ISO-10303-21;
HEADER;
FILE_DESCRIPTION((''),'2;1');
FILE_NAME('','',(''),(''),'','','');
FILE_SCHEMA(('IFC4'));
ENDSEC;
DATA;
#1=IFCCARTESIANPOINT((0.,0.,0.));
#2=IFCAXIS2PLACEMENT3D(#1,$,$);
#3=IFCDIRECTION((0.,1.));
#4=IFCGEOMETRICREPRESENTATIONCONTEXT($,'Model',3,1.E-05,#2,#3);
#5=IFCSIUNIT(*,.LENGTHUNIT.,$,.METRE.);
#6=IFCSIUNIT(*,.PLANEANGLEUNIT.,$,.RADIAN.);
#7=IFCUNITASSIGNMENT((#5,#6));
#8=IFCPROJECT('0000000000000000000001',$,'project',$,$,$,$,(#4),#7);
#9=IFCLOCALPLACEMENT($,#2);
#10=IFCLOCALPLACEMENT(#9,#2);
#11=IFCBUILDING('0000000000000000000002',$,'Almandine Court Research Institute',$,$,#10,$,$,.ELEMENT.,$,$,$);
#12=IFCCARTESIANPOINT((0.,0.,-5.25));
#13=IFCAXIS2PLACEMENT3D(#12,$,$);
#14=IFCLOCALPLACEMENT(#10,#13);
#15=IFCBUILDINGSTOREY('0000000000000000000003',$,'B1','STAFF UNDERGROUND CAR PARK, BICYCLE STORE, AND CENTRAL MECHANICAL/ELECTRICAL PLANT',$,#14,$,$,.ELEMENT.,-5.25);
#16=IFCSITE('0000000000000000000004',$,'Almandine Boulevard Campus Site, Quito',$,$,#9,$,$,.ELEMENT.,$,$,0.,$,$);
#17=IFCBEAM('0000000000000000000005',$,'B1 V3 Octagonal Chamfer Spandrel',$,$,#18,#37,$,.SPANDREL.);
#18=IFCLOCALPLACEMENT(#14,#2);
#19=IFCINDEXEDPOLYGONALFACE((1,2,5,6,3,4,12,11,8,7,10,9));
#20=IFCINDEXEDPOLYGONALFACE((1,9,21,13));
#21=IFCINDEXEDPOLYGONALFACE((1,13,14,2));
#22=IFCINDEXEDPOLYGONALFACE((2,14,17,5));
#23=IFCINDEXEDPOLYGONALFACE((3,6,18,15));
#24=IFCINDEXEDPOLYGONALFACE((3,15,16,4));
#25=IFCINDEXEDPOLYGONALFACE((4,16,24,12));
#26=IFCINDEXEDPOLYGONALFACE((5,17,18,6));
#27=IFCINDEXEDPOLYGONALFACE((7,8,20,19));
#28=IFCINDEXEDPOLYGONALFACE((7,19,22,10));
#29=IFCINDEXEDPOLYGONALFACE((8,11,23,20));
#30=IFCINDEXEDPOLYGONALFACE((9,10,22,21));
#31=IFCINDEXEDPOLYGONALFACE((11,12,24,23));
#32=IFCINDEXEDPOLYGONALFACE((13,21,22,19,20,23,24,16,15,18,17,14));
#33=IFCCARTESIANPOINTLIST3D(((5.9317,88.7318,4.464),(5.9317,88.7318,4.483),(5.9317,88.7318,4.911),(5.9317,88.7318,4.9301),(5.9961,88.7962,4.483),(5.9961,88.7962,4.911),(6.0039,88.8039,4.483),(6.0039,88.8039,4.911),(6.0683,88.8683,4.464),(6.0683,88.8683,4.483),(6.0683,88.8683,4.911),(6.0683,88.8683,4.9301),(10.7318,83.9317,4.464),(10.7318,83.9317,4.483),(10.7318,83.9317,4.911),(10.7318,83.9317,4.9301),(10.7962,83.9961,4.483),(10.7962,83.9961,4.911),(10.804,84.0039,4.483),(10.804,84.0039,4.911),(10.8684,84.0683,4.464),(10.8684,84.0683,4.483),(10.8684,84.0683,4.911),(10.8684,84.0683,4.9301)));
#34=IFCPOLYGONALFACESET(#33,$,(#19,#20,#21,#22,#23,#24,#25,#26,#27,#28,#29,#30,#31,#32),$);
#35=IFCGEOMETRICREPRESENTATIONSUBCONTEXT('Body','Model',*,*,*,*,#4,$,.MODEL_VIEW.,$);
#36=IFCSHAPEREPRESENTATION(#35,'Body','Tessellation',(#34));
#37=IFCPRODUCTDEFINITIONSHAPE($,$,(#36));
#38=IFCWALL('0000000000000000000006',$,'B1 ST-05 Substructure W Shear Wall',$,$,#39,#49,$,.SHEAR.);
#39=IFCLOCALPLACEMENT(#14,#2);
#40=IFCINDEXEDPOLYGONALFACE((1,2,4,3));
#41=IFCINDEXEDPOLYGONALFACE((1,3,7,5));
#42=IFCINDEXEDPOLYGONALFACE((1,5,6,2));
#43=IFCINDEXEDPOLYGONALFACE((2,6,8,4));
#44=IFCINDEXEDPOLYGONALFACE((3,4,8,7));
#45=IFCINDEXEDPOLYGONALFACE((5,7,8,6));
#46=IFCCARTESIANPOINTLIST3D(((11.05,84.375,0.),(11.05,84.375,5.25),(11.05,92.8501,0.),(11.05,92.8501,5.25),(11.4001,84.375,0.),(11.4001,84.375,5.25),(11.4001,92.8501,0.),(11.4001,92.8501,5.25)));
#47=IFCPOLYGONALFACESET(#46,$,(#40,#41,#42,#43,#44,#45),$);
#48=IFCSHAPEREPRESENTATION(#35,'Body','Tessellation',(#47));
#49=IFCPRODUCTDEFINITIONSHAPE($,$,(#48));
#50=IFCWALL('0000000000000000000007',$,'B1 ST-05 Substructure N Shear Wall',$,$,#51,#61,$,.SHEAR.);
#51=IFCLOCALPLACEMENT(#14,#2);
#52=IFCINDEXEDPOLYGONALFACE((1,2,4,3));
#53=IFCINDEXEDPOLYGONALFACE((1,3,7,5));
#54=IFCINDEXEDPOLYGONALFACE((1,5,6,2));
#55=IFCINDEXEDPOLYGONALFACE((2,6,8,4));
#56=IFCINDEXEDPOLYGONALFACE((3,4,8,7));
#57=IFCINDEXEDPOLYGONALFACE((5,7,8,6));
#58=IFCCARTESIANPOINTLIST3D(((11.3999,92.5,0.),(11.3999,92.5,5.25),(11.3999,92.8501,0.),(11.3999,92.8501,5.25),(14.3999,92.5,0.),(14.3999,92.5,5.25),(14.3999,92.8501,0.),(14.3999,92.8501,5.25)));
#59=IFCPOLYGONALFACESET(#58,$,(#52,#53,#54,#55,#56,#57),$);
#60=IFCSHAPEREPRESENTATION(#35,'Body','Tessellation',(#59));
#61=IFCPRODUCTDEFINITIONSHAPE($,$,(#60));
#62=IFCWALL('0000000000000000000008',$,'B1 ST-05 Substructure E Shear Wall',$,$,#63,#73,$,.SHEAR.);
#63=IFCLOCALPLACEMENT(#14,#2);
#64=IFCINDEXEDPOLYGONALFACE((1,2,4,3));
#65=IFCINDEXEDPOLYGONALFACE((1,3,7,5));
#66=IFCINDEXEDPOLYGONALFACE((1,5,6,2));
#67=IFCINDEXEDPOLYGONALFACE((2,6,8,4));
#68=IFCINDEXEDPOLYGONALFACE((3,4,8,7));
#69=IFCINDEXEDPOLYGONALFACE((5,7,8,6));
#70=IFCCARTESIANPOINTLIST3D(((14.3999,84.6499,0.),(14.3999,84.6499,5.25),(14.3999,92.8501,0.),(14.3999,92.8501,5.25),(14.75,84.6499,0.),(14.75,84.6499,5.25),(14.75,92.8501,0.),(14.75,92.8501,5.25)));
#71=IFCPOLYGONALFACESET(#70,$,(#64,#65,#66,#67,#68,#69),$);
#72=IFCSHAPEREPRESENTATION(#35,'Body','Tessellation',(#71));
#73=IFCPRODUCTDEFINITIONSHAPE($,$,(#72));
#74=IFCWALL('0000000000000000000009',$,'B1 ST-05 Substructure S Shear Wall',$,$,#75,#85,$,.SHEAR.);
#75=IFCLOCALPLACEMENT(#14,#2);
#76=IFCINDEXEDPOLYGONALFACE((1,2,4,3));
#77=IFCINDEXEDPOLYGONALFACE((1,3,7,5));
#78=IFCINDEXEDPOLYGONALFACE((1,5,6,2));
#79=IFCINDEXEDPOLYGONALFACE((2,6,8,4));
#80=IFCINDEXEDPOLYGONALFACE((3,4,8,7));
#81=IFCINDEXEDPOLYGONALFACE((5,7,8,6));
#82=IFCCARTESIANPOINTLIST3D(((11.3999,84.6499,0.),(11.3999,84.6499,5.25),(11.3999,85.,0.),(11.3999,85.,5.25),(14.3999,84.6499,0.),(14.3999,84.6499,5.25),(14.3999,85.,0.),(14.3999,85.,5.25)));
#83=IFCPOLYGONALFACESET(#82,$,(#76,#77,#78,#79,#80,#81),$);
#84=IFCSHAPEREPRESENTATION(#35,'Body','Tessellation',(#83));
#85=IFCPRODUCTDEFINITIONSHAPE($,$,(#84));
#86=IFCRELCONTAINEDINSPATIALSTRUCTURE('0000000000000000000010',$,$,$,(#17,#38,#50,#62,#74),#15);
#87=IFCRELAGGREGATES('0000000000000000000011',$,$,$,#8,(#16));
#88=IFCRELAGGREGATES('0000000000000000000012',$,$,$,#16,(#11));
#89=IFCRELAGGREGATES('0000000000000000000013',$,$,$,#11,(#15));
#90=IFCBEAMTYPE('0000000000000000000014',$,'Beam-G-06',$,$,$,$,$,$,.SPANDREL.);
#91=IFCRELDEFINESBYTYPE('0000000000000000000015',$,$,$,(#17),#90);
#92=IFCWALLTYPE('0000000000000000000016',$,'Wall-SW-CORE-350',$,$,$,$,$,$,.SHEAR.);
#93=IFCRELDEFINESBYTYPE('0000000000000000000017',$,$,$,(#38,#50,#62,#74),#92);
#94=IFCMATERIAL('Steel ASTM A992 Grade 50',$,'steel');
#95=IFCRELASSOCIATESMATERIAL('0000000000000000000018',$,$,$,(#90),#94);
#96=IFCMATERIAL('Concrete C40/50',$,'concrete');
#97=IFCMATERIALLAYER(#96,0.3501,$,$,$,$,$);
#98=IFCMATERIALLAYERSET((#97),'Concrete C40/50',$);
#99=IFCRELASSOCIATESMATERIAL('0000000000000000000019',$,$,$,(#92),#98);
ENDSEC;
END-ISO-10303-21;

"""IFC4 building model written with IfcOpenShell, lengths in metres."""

from ifc_helpers import new_model, si_unit, direction, frame, frame_2d, origin, origin_2d, place, context, subcontext, project, spatial, rectangle, i_section, extrude, material, layer, layer_set, material_profile, profile_set, type_object, element, save


model = new_model("IFC4")

# Units and contexts
model_context = context("Model", 3, precision=1e-05, world=origin(), true_north=direction((0.0, 1.0)))
body_context = subcontext(model_context, "Body", "Model", "MODEL_VIEW")
ifc_project = project(units=[si_unit("LENGTHUNIT", "METRE"), si_unit("PLANEANGLEUNIT", "RADIAN")], contexts=[model_context])

# Site, building, storey
site_placement = place(None, origin())
site = spatial("IfcSite", under=ifc_project, at=site_placement, Name="Almandine Boulevard Campus Site, Quito", CompositionType="ELEMENT", RefElevation=0.0)
building_placement = place(site_placement, origin())
building = spatial("IfcBuilding", under=site, at=building_placement, Name="Almandine Court Research Institute", CompositionType="ELEMENT")
storey_placement = place(building_placement, frame((0.0, 0.0, -5.25)))
storey = spatial("IfcBuildingStorey", under=building, at=storey_placement, Name="B1", Description="STAFF UNDERGROUND CAR PARK, BICYCLE STORE, AND CENTRAL MECHANICAL/ELECTRICAL PLANT", CompositionType="ELEMENT", Elevation=-5.25)

# Shared definitions
ifc_material_1 = material(Name="Concrete C40/50", Category="concrete")
ifc_material_2 = material(Name="Steel ASTM A992 Grade 50", Category="steel")

# Beam
ifc_material_profile_1 = material_profile(ifc_material_2, i_section(OverallWidth=0.1931, OverallDepth=0.4661, WebThickness=0.011, FlangeThickness=0.019, at=origin_2d()), Name="W460x97")
ifc_profile_set_1 = profile_set([ifc_material_profile_1], Name="Steel ASTM A992 Grade 50")
beam_type_1 = type_object("IfcBeamType", Name="Beam-G-06", PredefinedType="SPANDREL", material=ifc_profile_set_1)
beam_1_placement = place(storey_placement, frame((6.0, 88.8, 4.697), z_axis=(0.707107, -0.707107, 0.0), x_axis=(0.707107, 0.707107, 0.0)))
element("IfcBeam", 1, at=beam_1_placement, inside=storey, type_object=beam_type_1, Name="B1 V3 Octagonal Chamfer Spandrel", PredefinedType="SPANDREL", context=body_context, shape_type="SweptSolid", body=[
    extrude(i_section(OverallWidth=0.1931, OverallDepth=0.4661, WebThickness=0.011, FlangeThickness=0.019, at=origin_2d()), origin(), (0.0, 0.0, 1.0), 6.7883),
])

# Walls
ifc_layer = layer(ifc_material_1, 0.3501)
ifc_layer_set = layer_set([ifc_layer], Name="Concrete C40/50")
wall_type = type_object("IfcWallType", Name="Wall-SW-CORE-350", PredefinedType="SHEAR", material=ifc_layer_set)
wall_1_placement = place(storey_placement, frame((11.2251, 84.375, 0.0), z_axis=(0.0, 0.0, 1.0), x_axis=(0.0, 1.0, 0.0)))
element("IfcWall", 2, at=wall_1_placement, inside=storey, type_object=wall_type, Name="B1 ST-05 Substructure W Shear Wall", PredefinedType="SHEAR", context=body_context, shape_type="SweptSolid", body=[
    extrude(rectangle(XDim=8.4751, YDim=0.3501, at=frame_2d((4.2375, 0.0))), origin(), (0.0, 0.0, 1.0), 5.25),
])
wall_2_placement = place(storey_placement, frame((11.3999, 92.675, 0.0), z_axis=(0.0, 0.0, 1.0), x_axis=(1.0, 0.0, 0.0)))
element("IfcWall", 3, at=wall_2_placement, inside=storey, type_object=wall_type, Name="B1 ST-05 Substructure N Shear Wall", PredefinedType="SHEAR", context=body_context, shape_type="SweptSolid", body=[
    extrude(rectangle(XDim=3.0, YDim=0.3501, at=frame_2d((1.5, 0.0))), origin(), (0.0, 0.0, 1.0), 5.25),
])
wall_3_placement = place(storey_placement, frame((14.575, 92.8501, 0.0), z_axis=(0.0, 0.0, 1.0), x_axis=(0.0, -1.0, 0.0)))
element("IfcWall", 4, at=wall_3_placement, inside=storey, type_object=wall_type, Name="B1 ST-05 Substructure E Shear Wall", PredefinedType="SHEAR", context=body_context, shape_type="SweptSolid", body=[
    extrude(rectangle(XDim=8.2002, YDim=0.3501, at=frame_2d((4.1001, 0.0))), origin(), (0.0, 0.0, 1.0), 5.25),
])
wall_4_placement = place(storey_placement, frame((14.3999, 84.825, 0.0), z_axis=(0.0, 0.0, 1.0), x_axis=(-1.0, 0.0, 0.0)))
element("IfcWall", 5, at=wall_4_placement, inside=storey, type_object=wall_type, Name="B1 ST-05 Substructure S Shear Wall", PredefinedType="SHEAR", context=body_context, shape_type="SweptSolid", body=[
    extrude(rectangle(XDim=3.0, YDim=0.3501, at=frame_2d((1.5, 0.0))), origin(), (0.0, 0.0, 1.0), 5.25),
])

save(model, "model.ifc")
